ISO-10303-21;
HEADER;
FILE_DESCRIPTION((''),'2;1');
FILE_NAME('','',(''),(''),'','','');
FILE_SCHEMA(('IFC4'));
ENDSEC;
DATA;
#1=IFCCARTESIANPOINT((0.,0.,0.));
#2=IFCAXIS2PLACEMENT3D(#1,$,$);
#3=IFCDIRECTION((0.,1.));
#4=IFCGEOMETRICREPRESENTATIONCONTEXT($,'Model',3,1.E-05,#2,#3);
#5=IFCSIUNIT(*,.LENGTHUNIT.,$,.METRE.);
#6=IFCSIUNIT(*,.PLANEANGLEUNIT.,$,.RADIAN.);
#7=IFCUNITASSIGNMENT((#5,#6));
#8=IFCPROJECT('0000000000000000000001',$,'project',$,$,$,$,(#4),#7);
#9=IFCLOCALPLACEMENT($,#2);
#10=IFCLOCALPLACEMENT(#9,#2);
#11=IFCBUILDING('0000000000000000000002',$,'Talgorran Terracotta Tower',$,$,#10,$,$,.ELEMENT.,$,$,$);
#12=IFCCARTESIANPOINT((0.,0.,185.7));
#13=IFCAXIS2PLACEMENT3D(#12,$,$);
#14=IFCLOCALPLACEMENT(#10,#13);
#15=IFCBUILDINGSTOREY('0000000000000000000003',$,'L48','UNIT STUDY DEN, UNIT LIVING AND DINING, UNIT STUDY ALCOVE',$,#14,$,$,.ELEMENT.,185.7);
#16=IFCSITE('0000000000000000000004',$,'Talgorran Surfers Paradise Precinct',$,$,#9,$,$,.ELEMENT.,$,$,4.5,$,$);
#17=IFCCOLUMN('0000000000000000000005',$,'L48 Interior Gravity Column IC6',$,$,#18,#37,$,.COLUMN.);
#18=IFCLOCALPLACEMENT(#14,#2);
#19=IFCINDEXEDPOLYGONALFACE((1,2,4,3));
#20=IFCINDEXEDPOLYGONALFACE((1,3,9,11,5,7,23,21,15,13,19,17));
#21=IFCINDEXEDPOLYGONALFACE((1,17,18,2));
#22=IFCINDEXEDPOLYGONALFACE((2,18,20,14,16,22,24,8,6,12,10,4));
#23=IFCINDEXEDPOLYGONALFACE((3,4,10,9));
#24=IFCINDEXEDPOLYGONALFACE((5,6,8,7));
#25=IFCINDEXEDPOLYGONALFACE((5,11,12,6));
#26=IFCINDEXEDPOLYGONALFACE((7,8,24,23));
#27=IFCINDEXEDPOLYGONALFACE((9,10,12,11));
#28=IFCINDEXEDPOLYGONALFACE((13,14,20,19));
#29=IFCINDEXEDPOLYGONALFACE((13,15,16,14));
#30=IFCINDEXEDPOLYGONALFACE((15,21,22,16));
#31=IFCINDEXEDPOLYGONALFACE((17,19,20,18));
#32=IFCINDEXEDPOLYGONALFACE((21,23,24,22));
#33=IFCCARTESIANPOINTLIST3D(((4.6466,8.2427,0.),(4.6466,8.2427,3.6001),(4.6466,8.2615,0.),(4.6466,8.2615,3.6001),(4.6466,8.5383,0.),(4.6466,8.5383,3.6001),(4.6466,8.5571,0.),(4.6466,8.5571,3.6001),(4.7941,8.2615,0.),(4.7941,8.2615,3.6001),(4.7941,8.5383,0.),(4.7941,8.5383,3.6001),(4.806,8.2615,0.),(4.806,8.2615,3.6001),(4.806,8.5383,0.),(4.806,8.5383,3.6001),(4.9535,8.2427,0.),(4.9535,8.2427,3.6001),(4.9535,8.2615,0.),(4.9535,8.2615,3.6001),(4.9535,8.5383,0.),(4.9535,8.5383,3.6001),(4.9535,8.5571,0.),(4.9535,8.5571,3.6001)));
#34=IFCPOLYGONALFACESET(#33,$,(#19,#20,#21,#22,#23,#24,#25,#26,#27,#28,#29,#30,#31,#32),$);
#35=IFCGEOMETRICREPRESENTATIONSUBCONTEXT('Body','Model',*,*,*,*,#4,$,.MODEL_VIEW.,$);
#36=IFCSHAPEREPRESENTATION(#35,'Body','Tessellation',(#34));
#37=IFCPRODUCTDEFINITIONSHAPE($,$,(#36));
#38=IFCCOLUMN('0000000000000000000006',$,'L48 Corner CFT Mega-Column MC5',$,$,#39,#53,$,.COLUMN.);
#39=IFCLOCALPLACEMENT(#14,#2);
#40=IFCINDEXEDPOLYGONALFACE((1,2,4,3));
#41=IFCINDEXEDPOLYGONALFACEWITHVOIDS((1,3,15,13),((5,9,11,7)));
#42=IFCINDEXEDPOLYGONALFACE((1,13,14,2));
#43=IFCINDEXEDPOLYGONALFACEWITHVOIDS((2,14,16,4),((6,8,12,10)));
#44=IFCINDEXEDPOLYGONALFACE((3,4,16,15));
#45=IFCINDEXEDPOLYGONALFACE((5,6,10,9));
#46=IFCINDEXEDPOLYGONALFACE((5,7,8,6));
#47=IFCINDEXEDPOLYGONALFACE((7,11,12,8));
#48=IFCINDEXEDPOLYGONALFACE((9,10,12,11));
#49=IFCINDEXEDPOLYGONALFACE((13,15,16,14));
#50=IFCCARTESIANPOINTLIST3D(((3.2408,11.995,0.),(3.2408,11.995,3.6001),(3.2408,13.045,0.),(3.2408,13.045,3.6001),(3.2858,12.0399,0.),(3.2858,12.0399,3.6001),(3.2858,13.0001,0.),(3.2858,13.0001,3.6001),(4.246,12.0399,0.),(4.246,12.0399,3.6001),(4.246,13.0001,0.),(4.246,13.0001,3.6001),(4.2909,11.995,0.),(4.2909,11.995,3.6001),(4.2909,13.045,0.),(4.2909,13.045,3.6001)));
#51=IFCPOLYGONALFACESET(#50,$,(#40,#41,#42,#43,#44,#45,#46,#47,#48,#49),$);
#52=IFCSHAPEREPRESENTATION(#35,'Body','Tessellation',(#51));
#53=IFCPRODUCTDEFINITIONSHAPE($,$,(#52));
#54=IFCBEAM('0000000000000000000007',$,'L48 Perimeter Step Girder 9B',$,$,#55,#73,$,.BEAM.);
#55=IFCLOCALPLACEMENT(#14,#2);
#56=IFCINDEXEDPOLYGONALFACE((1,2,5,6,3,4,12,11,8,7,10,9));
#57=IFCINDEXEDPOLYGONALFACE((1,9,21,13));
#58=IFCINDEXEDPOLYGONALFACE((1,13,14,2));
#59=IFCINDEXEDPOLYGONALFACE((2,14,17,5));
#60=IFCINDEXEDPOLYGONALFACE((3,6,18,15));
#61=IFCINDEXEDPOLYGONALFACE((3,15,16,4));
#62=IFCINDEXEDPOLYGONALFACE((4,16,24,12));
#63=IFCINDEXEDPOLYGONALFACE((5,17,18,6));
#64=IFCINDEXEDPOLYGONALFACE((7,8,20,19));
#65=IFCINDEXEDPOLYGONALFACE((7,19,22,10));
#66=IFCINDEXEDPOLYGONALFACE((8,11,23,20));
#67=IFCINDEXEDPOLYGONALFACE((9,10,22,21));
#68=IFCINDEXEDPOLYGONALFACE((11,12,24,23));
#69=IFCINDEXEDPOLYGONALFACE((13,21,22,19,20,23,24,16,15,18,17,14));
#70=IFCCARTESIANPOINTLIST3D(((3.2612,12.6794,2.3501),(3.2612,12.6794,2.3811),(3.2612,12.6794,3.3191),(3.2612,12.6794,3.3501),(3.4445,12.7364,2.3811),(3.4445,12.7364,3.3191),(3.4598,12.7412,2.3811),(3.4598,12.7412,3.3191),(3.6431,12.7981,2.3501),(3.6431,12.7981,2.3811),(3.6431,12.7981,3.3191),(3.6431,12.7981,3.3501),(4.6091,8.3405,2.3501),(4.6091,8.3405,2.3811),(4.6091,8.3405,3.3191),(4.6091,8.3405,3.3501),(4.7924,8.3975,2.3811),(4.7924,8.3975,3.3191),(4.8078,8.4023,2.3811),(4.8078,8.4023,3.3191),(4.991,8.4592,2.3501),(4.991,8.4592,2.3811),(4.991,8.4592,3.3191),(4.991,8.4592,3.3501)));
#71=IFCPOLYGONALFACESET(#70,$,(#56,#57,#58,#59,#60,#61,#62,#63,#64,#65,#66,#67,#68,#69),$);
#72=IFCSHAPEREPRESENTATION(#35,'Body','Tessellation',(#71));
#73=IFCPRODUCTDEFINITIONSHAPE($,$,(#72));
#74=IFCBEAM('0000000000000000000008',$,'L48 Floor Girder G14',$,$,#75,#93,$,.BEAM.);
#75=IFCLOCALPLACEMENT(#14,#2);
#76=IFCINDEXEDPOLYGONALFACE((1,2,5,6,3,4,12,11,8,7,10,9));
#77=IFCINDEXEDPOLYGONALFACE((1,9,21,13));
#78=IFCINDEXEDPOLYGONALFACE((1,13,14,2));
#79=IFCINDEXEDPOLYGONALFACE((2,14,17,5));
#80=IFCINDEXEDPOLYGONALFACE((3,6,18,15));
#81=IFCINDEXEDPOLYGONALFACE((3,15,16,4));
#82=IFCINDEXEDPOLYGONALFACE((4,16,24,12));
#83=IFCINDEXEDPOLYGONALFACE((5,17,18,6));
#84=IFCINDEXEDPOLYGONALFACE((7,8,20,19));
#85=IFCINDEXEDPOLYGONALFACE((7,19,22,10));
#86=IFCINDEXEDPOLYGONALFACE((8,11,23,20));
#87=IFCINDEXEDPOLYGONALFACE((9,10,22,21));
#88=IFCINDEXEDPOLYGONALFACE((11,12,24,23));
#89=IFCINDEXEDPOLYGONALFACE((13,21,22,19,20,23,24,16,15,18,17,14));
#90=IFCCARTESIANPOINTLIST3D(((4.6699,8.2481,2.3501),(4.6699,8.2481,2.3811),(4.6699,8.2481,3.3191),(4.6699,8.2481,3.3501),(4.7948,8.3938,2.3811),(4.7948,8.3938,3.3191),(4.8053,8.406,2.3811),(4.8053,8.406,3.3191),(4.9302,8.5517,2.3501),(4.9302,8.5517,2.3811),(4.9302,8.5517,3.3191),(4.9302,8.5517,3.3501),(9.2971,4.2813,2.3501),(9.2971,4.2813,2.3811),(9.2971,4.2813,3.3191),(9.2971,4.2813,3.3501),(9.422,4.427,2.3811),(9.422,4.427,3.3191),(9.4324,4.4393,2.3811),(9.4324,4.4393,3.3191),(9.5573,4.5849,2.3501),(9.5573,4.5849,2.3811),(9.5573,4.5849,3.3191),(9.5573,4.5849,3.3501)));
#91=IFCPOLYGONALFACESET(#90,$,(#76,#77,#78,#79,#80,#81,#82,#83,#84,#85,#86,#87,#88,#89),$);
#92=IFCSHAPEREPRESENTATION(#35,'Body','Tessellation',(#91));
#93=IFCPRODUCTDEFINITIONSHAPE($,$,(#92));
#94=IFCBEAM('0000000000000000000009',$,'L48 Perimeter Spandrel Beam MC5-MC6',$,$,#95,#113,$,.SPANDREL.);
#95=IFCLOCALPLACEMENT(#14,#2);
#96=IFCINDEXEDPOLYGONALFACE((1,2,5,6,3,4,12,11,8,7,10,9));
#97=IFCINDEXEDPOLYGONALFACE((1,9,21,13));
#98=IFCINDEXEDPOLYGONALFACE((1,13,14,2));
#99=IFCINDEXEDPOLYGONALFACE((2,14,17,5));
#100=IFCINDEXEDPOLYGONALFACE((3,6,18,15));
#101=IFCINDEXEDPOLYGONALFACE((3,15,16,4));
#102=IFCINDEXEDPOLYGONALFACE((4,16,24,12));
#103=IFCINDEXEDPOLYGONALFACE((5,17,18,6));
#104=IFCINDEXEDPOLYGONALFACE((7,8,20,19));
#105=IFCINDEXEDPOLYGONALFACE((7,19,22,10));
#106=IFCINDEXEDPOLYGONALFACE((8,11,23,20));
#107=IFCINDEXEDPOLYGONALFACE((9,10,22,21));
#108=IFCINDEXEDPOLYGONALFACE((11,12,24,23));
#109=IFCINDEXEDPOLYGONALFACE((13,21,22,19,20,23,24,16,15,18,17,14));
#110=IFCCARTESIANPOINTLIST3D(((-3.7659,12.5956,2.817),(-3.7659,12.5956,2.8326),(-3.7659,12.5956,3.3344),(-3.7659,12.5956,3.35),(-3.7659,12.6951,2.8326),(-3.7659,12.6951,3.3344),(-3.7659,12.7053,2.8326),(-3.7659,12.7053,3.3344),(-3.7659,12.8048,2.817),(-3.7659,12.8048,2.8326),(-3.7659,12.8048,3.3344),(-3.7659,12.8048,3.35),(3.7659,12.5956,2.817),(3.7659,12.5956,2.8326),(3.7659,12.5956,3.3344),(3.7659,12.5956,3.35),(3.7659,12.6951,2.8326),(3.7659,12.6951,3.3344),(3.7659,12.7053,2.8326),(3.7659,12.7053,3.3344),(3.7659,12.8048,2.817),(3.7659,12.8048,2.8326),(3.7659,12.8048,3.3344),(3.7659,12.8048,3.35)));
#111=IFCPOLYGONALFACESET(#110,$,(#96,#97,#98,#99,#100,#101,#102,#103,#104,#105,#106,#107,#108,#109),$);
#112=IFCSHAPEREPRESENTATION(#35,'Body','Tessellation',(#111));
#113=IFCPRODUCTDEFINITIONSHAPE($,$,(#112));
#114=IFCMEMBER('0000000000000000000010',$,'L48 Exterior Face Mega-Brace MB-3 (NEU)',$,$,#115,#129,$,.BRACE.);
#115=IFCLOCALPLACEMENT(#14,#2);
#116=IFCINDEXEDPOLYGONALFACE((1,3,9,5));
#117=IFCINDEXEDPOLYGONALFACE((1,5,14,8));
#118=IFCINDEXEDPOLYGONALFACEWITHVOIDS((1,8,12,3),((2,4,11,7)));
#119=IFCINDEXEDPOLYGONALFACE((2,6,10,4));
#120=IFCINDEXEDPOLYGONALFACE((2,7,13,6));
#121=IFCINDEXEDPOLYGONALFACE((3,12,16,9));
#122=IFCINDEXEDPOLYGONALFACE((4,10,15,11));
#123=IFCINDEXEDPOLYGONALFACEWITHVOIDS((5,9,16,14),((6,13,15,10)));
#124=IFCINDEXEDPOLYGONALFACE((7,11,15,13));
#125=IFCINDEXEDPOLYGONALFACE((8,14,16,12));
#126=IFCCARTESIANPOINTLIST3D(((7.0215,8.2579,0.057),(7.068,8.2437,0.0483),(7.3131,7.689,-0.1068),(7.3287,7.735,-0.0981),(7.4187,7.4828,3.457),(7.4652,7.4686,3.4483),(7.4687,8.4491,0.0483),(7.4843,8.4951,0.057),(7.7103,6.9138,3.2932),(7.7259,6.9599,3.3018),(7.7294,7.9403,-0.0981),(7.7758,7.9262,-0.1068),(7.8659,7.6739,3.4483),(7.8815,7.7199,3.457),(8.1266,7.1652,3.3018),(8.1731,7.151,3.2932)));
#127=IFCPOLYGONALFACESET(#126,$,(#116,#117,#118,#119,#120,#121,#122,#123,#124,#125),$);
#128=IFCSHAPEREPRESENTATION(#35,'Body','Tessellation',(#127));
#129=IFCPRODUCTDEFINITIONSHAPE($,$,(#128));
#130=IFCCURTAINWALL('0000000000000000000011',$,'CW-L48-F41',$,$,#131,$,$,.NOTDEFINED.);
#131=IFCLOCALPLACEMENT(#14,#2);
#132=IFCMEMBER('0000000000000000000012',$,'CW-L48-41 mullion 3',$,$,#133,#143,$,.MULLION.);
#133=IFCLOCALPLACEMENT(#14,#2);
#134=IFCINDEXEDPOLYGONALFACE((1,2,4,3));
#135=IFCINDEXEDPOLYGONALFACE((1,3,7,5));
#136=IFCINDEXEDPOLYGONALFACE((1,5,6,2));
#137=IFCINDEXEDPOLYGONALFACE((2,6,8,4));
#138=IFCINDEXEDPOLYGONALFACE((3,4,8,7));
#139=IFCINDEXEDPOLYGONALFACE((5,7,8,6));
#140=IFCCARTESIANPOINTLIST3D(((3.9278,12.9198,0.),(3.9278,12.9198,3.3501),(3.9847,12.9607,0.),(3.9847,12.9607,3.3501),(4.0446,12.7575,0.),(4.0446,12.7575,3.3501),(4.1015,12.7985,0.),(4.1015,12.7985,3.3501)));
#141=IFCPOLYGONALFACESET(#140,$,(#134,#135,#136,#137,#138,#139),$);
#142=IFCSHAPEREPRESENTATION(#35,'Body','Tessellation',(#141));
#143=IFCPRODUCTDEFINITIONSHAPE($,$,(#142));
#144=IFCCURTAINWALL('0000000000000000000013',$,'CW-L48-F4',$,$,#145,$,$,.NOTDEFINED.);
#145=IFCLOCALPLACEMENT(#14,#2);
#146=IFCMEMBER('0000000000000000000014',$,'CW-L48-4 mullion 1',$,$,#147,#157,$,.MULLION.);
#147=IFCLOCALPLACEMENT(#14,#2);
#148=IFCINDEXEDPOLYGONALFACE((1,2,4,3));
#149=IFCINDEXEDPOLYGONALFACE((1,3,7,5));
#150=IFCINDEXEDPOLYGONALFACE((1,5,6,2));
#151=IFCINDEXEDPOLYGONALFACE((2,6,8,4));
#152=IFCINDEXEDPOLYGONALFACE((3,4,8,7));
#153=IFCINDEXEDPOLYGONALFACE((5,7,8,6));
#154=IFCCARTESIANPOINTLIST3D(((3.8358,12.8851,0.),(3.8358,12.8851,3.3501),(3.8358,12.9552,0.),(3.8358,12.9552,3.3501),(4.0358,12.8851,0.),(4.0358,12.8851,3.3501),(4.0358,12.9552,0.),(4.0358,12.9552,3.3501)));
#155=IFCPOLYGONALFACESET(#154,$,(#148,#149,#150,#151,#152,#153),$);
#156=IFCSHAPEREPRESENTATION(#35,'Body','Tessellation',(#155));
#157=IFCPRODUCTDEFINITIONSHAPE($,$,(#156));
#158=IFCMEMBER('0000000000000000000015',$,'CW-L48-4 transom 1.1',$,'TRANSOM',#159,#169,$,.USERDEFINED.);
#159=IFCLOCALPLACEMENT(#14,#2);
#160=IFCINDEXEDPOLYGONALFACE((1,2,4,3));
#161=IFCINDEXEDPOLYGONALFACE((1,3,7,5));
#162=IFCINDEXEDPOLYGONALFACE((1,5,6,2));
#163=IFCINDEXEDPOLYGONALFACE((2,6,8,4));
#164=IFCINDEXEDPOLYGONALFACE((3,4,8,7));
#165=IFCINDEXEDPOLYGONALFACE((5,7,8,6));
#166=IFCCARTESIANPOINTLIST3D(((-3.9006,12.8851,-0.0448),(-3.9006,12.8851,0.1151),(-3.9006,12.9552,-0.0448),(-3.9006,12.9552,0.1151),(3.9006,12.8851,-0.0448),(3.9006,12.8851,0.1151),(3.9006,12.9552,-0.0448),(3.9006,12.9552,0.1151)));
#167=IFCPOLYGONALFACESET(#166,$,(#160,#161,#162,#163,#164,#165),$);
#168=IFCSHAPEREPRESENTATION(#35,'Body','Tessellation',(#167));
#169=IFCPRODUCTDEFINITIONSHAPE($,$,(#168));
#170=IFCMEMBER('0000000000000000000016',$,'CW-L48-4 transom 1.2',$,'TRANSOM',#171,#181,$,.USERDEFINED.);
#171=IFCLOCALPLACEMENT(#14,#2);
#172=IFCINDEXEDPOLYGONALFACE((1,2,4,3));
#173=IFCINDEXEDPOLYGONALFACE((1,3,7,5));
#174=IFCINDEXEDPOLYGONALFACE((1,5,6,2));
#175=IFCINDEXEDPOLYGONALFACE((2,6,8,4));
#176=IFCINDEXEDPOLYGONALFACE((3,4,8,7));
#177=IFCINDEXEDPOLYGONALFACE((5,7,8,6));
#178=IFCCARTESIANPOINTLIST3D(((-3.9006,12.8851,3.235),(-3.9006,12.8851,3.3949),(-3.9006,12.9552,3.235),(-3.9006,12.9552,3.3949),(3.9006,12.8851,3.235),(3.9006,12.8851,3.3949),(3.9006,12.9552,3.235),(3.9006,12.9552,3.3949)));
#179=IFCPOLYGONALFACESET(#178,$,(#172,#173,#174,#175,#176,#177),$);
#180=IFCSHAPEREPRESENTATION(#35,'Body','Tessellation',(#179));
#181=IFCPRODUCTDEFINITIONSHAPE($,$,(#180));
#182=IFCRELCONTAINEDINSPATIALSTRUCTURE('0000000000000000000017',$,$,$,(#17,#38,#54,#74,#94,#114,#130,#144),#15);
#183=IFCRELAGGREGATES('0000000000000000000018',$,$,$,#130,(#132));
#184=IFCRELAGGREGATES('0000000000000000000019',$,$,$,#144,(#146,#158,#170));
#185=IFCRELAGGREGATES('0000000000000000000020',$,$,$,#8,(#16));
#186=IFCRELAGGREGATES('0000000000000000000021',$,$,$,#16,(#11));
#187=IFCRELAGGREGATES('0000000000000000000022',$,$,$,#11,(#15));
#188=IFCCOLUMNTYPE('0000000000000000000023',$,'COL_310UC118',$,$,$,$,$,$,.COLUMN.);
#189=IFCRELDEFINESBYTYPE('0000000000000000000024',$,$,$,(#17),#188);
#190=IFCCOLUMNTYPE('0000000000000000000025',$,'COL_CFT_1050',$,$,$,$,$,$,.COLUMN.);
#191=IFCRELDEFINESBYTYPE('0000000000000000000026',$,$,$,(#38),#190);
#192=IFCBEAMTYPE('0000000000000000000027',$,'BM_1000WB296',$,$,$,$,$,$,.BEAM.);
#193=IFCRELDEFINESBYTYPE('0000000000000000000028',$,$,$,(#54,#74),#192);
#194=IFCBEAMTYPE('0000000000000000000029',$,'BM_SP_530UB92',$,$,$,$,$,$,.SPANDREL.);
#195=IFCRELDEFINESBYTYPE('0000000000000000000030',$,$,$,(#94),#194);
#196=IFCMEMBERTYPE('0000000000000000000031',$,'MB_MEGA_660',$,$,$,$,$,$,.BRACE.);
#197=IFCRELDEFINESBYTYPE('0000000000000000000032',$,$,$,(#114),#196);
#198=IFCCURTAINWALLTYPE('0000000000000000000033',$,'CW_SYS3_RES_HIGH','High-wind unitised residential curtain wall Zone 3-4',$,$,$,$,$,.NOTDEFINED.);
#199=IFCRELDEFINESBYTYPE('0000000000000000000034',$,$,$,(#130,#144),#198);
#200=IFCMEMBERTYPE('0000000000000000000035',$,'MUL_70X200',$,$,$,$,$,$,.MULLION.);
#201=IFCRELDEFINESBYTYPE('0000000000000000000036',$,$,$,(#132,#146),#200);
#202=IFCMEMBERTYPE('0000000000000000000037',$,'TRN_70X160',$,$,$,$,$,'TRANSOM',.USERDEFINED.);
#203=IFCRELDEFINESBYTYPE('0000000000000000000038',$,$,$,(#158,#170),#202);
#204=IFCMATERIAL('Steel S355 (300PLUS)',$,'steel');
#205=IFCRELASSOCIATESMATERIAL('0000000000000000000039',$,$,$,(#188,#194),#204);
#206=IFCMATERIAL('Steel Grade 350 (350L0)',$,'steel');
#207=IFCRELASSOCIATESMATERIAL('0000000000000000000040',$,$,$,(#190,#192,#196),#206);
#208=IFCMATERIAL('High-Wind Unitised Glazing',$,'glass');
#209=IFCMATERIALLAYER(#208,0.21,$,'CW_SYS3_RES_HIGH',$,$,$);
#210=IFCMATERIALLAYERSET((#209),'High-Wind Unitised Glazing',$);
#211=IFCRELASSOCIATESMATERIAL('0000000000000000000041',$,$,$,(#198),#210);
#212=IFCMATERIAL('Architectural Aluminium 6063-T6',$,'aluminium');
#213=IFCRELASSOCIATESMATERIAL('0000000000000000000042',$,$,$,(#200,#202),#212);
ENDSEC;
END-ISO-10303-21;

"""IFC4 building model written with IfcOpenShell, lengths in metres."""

from ifc_helpers import new_model, si_unit, direction, frame, origin, origin_2d, place, context, subcontext, project, spatial, rectangle, hollow_rectangle, i_section, extrude, material, layer, layer_set, material_profile, profile_set, type_object, element, aggregate, save


model = new_model("IFC4")

# Units and contexts
model_context = context("Model", 3, precision=1e-05, world=origin(), true_north=direction((0.0, 1.0)))
body_context = subcontext(model_context, "Body", "Model", "MODEL_VIEW")
ifc_project = project(units=[si_unit("LENGTHUNIT", "METRE"), si_unit("PLANEANGLEUNIT", "RADIAN")], contexts=[model_context])

# Site, building, storey
site_placement = place(None, origin())
site = spatial("IfcSite", under=ifc_project, at=site_placement, Name="Talgorran Surfers Paradise Precinct", CompositionType="ELEMENT", RefElevation=4.5)
building_placement = place(site_placement, origin())
building = spatial("IfcBuilding", under=site, at=building_placement, Name="Talgorran Terracotta Tower", CompositionType="ELEMENT")
storey_placement = place(building_placement, frame((0.0, 0.0, 185.7)))
storey = spatial("IfcBuildingStorey", under=building, at=storey_placement, Name="L48", Description="UNIT STUDY DEN, UNIT LIVING AND DINING, UNIT STUDY ALCOVE", CompositionType="ELEMENT", Elevation=185.7)

# Columns
ifc_material_1 = material(Name="Steel S355 (300PLUS)", Category="steel")
ifc_material_profile_1 = material_profile(ifc_material_1, i_section(OverallWidth=0.3069, OverallDepth=0.3145, WebThickness=0.012, FlangeThickness=0.0188, at=origin_2d()), Name="310UC118")
ifc_profile_set_1 = profile_set([ifc_material_profile_1], Name="Steel S355 (300PLUS)")
column_type_1 = type_object("IfcColumnType", Name="COL_310UC118", PredefinedType="COLUMN", material=ifc_profile_set_1)
column_1_placement = place(storey_placement, frame((4.8, 8.3999, 0.0), z_axis=(0.0, 0.0, 1.0), x_axis=(1.0, 0.0, 0.0)))
element("IfcColumn", 1, at=column_1_placement, inside=storey, type_object=column_type_1, Name="L48 Interior Gravity Column IC6", PredefinedType="COLUMN", context=body_context, shape_type="SweptSolid", body=[
    extrude(i_section(OverallWidth=0.3069, OverallDepth=0.3145, WebThickness=0.012, FlangeThickness=0.0188, at=origin_2d()), origin(), (0.0, 0.0, 1.0), 3.6001),
])
ifc_material_2 = material(Name="Steel Grade 350 (350L0)", Category="steel")
ifc_material_profile_2 = material_profile(ifc_material_2, hollow_rectangle(XDim=1.05, YDim=1.05, WallThickness=0.0449, at=origin_2d()), Name="CFT1050X1050X45")
ifc_profile_set_2 = profile_set([ifc_material_profile_2], Name="Steel Grade 350 (350L0)")
column_type_2 = type_object("IfcColumnType", Name="COL_CFT_1050", PredefinedType="COLUMN", material=ifc_profile_set_2)
column_2_placement = place(storey_placement, frame((3.7659, 12.52, 0.0), z_axis=(0.0, 0.0, 1.0), x_axis=(1.0, 0.0, 0.0)))
element("IfcColumn", 2, at=column_2_placement, inside=storey, type_object=column_type_2, Name="L48 Corner CFT Mega-Column MC5", PredefinedType="COLUMN", context=body_context, shape_type="SweptSolid", body=[
    extrude(hollow_rectangle(XDim=1.05, YDim=1.05, WallThickness=0.0449, at=origin_2d()), origin(), (0.0, 0.0, 1.0), 3.6001),
])

# Beams
ifc_material_profile_3 = material_profile(ifc_material_2, i_section(OverallWidth=0.3999, OverallDepth=1.0, WebThickness=0.0161, FlangeThickness=0.031, at=origin_2d()), Name="1000WB296")
ifc_profile_set_3 = profile_set([ifc_material_profile_3], Name="Steel Grade 350 (350L0)")
beam_type_1 = type_object("IfcBeamType", Name="BM_1000WB296", PredefinedType="BEAM", material=ifc_profile_set_3)
beam_1_placement = place(storey_placement, frame((3.4521, 12.7388, 2.8501), z_axis=(0.296671, -0.95498, 0.0), x_axis=(0.95498, 0.296671, 0.0)))
element("IfcBeam", 3, at=beam_1_placement, inside=storey, type_object=beam_type_1, Name="L48 Perimeter Step Girder 9B", PredefinedType="BEAM", context=body_context, shape_type="SweptSolid", body=[
    extrude(i_section(OverallWidth=0.3999, OverallDepth=1.0, WebThickness=0.0161, FlangeThickness=0.031, at=origin_2d()), origin(), (0.0, 0.0, 1.0), 4.5435),
])
beam_2_placement = place(storey_placement, frame((4.8, 8.3999, 2.8501), z_axis=(0.759206, -0.650851, 0.0), x_axis=(0.650851, 0.759206, 0.0)))
element("IfcBeam", 4, at=beam_2_placement, inside=storey, type_object=beam_type_1, Name="L48 Floor Girder G14", PredefinedType="BEAM", context=body_context, shape_type="SweptSolid", body=[
    extrude(i_section(OverallWidth=0.3999, OverallDepth=1.0, WebThickness=0.0161, FlangeThickness=0.031, at=origin_2d()), origin(), (0.0, 0.0, 1.0), 6.0947),
])
ifc_material_profile_4 = material_profile(ifc_material_1, i_section(OverallWidth=0.2092, OverallDepth=0.533, WebThickness=0.0103, FlangeThickness=0.0156, at=origin_2d()), Name="530UB92.4")
ifc_profile_set_4 = profile_set([ifc_material_profile_4], Name="Steel S355 (300PLUS)")
beam_type_2 = type_object("IfcBeamType", Name="BM_SP_530UB92", PredefinedType="SPANDREL", material=ifc_profile_set_4)
beam_3_placement = place(storey_placement, frame((3.7659, 12.7002, 3.0835), z_axis=(-1.0, 0.0, 0.0), x_axis=(0.0, -1.0, 0.0)))
element("IfcBeam", 5, at=beam_3_placement, inside=storey, type_object=beam_type_2, Name="L48 Perimeter Spandrel Beam MC5-MC6", PredefinedType="SPANDREL", context=body_context, shape_type="SweptSolid", body=[
    extrude(i_section(OverallWidth=0.2092, OverallDepth=0.533, WebThickness=0.0103, FlangeThickness=0.0156, at=origin_2d()), origin(), (0.0, 0.0, 1.0), 7.5317),
])

# Member
ifc_material_profile_5 = material_profile(ifc_material_2, hollow_rectangle(XDim=0.52, YDim=0.6599, WallThickness=0.0349, at=origin_2d()), Name="WBOX660X520X35")
ifc_profile_set_5 = profile_set([ifc_material_profile_5], Name="Steel Grade 350 (350L0)")
member_type_1 = type_object("IfcMemberType", Name="MB_MEGA_660", PredefinedType="BRACE", material=ifc_profile_set_5)
member_1_placement = place(storey_placement, frame((7.3987, 8.092, -0.0249), z_axis=(0.113177, -0.220859, 0.968717), x_axis=(0.889955, 0.456049, 0.0)))
element("IfcMember", 6, at=member_1_placement, inside=storey, type_object=member_type_1, Name="L48 Exterior Face Mega-Brace MB-3 (NEU)", PredefinedType="BRACE", context=body_context, shape_type="SweptSolid", body=[
    extrude(hollow_rectangle(XDim=0.52, YDim=0.6599, WallThickness=0.0349, at=origin_2d()), origin(), (0.0, 0.0, 1.0), 3.5098),
])

# Curtain wall, member
ifc_material_3 = material(Name="High-Wind Unitised Glazing", Category="glass")
ifc_layer_1 = layer(ifc_material_3, 0.21, Name="CW_SYS3_RES_HIGH")
ifc_layer_set_1 = layer_set([ifc_layer_1], Name="High-Wind Unitised Glazing")
curtain_wall_type = type_object("IfcCurtainWallType", Name="CW_SYS3_RES_HIGH", Description="High-wind unitised residential curtain wall Zone 3-4", PredefinedType="NOTDEFINED", material=ifc_layer_set_1)
curtain_wall_1_placement = place(storey_placement, origin())
curtain_wall_1 = element("IfcCurtainWall", 7, at=curtain_wall_1_placement, inside=storey, type_object=curtain_wall_type, Name="CW-L48-F41", PredefinedType="NOTDEFINED")
ifc_material_4 = material(Name="Architectural Aluminium 6063-T6", Category="aluminium")
ifc_material_profile_6 = material_profile(ifc_material_4, rectangle(XDim=0.0701, YDim=0.2, at=origin_2d()), Name="CWM70X200")
ifc_profile_set_6 = profile_set([ifc_material_profile_6], Name="Architectural Aluminium 6063-T6")
member_type_2 = type_object("IfcMemberType", Name="MUL_70X200", PredefinedType="MULLION", material=ifc_profile_set_6)
member_2_placement = place(storey_placement, frame((4.0146, 12.8591, 0.0), z_axis=(0.0, 0.0, 1.0), x_axis=(-0.811458, -0.584411, 0.0)))
member_2 = element("IfcMember", 8, at=member_2_placement, type_object=member_type_2, Name="CW-L48-41 mullion 3", PredefinedType="MULLION", context=body_context, shape_type="SweptSolid", body=[
    extrude(rectangle(XDim=0.0701, YDim=0.2, at=origin_2d()), origin(), (0.0, 0.0, 1.0), 3.3501),
])

# Curtain wall, members
curtain_wall_2_placement = place(storey_placement, origin())
curtain_wall_2 = element("IfcCurtainWall", 9, at=curtain_wall_2_placement, inside=storey, type_object=curtain_wall_type, Name="CW-L48-F4", PredefinedType="NOTDEFINED")
member_3_placement = place(storey_placement, frame((3.9358, 12.9202, 0.0), z_axis=(0.0, 0.0, 1.0), x_axis=(0.0, -1.0, 0.0)))
member_3 = element("IfcMember", 10, at=member_3_placement, type_object=member_type_2, Name="CW-L48-4 mullion 1", PredefinedType="MULLION", context=body_context, shape_type="SweptSolid", body=[
    extrude(rectangle(XDim=0.0701, YDim=0.2, at=origin_2d()), origin(), (0.0, 0.0, 1.0), 3.3501),
])
ifc_material_profile_7 = material_profile(ifc_material_4, rectangle(XDim=0.0701, YDim=0.1599, at=origin_2d()), Name="CWT70X160")
ifc_profile_set_7 = profile_set([ifc_material_profile_7], Name="Architectural Aluminium 6063-T6")
member_type_3 = type_object("IfcMemberType", Name="TRN_70X160", ElementType="TRANSOM", PredefinedType="USERDEFINED", material=ifc_profile_set_7)
member_4_placement = place(storey_placement, frame((3.9006, 12.9202, 0.0352), z_axis=(-1.0, 0.0, 0.0), x_axis=(0.0, -1.0, 0.0)))
member_4 = element("IfcMember", 11, at=member_4_placement, type_object=member_type_3, Name="CW-L48-4 transom 1.1", ObjectType="TRANSOM", PredefinedType="USERDEFINED", context=body_context, shape_type="SweptSolid", body=[
    extrude(rectangle(XDim=0.0701, YDim=0.1599, at=origin_2d()), origin(), (0.0, 0.0, 1.0), 7.8013),
])
member_5_placement = place(storey_placement, frame((3.9006, 12.9202, 3.3149), z_axis=(-1.0, 0.0, 0.0), x_axis=(0.0, -1.0, 0.0)))
member_5 = element("IfcMember", 12, at=member_5_placement, type_object=member_type_3, Name="CW-L48-4 transom 1.2", ObjectType="TRANSOM", PredefinedType="USERDEFINED", context=body_context, shape_type="SweptSolid", body=[
    extrude(rectangle(XDim=0.0701, YDim=0.1599, at=origin_2d()), origin(), (0.0, 0.0, 1.0), 7.8013),
])

aggregate(curtain_wall_1, [member_2])
aggregate(curtain_wall_2, [member_3, member_4, member_5])

save(model, "model.ifc")
